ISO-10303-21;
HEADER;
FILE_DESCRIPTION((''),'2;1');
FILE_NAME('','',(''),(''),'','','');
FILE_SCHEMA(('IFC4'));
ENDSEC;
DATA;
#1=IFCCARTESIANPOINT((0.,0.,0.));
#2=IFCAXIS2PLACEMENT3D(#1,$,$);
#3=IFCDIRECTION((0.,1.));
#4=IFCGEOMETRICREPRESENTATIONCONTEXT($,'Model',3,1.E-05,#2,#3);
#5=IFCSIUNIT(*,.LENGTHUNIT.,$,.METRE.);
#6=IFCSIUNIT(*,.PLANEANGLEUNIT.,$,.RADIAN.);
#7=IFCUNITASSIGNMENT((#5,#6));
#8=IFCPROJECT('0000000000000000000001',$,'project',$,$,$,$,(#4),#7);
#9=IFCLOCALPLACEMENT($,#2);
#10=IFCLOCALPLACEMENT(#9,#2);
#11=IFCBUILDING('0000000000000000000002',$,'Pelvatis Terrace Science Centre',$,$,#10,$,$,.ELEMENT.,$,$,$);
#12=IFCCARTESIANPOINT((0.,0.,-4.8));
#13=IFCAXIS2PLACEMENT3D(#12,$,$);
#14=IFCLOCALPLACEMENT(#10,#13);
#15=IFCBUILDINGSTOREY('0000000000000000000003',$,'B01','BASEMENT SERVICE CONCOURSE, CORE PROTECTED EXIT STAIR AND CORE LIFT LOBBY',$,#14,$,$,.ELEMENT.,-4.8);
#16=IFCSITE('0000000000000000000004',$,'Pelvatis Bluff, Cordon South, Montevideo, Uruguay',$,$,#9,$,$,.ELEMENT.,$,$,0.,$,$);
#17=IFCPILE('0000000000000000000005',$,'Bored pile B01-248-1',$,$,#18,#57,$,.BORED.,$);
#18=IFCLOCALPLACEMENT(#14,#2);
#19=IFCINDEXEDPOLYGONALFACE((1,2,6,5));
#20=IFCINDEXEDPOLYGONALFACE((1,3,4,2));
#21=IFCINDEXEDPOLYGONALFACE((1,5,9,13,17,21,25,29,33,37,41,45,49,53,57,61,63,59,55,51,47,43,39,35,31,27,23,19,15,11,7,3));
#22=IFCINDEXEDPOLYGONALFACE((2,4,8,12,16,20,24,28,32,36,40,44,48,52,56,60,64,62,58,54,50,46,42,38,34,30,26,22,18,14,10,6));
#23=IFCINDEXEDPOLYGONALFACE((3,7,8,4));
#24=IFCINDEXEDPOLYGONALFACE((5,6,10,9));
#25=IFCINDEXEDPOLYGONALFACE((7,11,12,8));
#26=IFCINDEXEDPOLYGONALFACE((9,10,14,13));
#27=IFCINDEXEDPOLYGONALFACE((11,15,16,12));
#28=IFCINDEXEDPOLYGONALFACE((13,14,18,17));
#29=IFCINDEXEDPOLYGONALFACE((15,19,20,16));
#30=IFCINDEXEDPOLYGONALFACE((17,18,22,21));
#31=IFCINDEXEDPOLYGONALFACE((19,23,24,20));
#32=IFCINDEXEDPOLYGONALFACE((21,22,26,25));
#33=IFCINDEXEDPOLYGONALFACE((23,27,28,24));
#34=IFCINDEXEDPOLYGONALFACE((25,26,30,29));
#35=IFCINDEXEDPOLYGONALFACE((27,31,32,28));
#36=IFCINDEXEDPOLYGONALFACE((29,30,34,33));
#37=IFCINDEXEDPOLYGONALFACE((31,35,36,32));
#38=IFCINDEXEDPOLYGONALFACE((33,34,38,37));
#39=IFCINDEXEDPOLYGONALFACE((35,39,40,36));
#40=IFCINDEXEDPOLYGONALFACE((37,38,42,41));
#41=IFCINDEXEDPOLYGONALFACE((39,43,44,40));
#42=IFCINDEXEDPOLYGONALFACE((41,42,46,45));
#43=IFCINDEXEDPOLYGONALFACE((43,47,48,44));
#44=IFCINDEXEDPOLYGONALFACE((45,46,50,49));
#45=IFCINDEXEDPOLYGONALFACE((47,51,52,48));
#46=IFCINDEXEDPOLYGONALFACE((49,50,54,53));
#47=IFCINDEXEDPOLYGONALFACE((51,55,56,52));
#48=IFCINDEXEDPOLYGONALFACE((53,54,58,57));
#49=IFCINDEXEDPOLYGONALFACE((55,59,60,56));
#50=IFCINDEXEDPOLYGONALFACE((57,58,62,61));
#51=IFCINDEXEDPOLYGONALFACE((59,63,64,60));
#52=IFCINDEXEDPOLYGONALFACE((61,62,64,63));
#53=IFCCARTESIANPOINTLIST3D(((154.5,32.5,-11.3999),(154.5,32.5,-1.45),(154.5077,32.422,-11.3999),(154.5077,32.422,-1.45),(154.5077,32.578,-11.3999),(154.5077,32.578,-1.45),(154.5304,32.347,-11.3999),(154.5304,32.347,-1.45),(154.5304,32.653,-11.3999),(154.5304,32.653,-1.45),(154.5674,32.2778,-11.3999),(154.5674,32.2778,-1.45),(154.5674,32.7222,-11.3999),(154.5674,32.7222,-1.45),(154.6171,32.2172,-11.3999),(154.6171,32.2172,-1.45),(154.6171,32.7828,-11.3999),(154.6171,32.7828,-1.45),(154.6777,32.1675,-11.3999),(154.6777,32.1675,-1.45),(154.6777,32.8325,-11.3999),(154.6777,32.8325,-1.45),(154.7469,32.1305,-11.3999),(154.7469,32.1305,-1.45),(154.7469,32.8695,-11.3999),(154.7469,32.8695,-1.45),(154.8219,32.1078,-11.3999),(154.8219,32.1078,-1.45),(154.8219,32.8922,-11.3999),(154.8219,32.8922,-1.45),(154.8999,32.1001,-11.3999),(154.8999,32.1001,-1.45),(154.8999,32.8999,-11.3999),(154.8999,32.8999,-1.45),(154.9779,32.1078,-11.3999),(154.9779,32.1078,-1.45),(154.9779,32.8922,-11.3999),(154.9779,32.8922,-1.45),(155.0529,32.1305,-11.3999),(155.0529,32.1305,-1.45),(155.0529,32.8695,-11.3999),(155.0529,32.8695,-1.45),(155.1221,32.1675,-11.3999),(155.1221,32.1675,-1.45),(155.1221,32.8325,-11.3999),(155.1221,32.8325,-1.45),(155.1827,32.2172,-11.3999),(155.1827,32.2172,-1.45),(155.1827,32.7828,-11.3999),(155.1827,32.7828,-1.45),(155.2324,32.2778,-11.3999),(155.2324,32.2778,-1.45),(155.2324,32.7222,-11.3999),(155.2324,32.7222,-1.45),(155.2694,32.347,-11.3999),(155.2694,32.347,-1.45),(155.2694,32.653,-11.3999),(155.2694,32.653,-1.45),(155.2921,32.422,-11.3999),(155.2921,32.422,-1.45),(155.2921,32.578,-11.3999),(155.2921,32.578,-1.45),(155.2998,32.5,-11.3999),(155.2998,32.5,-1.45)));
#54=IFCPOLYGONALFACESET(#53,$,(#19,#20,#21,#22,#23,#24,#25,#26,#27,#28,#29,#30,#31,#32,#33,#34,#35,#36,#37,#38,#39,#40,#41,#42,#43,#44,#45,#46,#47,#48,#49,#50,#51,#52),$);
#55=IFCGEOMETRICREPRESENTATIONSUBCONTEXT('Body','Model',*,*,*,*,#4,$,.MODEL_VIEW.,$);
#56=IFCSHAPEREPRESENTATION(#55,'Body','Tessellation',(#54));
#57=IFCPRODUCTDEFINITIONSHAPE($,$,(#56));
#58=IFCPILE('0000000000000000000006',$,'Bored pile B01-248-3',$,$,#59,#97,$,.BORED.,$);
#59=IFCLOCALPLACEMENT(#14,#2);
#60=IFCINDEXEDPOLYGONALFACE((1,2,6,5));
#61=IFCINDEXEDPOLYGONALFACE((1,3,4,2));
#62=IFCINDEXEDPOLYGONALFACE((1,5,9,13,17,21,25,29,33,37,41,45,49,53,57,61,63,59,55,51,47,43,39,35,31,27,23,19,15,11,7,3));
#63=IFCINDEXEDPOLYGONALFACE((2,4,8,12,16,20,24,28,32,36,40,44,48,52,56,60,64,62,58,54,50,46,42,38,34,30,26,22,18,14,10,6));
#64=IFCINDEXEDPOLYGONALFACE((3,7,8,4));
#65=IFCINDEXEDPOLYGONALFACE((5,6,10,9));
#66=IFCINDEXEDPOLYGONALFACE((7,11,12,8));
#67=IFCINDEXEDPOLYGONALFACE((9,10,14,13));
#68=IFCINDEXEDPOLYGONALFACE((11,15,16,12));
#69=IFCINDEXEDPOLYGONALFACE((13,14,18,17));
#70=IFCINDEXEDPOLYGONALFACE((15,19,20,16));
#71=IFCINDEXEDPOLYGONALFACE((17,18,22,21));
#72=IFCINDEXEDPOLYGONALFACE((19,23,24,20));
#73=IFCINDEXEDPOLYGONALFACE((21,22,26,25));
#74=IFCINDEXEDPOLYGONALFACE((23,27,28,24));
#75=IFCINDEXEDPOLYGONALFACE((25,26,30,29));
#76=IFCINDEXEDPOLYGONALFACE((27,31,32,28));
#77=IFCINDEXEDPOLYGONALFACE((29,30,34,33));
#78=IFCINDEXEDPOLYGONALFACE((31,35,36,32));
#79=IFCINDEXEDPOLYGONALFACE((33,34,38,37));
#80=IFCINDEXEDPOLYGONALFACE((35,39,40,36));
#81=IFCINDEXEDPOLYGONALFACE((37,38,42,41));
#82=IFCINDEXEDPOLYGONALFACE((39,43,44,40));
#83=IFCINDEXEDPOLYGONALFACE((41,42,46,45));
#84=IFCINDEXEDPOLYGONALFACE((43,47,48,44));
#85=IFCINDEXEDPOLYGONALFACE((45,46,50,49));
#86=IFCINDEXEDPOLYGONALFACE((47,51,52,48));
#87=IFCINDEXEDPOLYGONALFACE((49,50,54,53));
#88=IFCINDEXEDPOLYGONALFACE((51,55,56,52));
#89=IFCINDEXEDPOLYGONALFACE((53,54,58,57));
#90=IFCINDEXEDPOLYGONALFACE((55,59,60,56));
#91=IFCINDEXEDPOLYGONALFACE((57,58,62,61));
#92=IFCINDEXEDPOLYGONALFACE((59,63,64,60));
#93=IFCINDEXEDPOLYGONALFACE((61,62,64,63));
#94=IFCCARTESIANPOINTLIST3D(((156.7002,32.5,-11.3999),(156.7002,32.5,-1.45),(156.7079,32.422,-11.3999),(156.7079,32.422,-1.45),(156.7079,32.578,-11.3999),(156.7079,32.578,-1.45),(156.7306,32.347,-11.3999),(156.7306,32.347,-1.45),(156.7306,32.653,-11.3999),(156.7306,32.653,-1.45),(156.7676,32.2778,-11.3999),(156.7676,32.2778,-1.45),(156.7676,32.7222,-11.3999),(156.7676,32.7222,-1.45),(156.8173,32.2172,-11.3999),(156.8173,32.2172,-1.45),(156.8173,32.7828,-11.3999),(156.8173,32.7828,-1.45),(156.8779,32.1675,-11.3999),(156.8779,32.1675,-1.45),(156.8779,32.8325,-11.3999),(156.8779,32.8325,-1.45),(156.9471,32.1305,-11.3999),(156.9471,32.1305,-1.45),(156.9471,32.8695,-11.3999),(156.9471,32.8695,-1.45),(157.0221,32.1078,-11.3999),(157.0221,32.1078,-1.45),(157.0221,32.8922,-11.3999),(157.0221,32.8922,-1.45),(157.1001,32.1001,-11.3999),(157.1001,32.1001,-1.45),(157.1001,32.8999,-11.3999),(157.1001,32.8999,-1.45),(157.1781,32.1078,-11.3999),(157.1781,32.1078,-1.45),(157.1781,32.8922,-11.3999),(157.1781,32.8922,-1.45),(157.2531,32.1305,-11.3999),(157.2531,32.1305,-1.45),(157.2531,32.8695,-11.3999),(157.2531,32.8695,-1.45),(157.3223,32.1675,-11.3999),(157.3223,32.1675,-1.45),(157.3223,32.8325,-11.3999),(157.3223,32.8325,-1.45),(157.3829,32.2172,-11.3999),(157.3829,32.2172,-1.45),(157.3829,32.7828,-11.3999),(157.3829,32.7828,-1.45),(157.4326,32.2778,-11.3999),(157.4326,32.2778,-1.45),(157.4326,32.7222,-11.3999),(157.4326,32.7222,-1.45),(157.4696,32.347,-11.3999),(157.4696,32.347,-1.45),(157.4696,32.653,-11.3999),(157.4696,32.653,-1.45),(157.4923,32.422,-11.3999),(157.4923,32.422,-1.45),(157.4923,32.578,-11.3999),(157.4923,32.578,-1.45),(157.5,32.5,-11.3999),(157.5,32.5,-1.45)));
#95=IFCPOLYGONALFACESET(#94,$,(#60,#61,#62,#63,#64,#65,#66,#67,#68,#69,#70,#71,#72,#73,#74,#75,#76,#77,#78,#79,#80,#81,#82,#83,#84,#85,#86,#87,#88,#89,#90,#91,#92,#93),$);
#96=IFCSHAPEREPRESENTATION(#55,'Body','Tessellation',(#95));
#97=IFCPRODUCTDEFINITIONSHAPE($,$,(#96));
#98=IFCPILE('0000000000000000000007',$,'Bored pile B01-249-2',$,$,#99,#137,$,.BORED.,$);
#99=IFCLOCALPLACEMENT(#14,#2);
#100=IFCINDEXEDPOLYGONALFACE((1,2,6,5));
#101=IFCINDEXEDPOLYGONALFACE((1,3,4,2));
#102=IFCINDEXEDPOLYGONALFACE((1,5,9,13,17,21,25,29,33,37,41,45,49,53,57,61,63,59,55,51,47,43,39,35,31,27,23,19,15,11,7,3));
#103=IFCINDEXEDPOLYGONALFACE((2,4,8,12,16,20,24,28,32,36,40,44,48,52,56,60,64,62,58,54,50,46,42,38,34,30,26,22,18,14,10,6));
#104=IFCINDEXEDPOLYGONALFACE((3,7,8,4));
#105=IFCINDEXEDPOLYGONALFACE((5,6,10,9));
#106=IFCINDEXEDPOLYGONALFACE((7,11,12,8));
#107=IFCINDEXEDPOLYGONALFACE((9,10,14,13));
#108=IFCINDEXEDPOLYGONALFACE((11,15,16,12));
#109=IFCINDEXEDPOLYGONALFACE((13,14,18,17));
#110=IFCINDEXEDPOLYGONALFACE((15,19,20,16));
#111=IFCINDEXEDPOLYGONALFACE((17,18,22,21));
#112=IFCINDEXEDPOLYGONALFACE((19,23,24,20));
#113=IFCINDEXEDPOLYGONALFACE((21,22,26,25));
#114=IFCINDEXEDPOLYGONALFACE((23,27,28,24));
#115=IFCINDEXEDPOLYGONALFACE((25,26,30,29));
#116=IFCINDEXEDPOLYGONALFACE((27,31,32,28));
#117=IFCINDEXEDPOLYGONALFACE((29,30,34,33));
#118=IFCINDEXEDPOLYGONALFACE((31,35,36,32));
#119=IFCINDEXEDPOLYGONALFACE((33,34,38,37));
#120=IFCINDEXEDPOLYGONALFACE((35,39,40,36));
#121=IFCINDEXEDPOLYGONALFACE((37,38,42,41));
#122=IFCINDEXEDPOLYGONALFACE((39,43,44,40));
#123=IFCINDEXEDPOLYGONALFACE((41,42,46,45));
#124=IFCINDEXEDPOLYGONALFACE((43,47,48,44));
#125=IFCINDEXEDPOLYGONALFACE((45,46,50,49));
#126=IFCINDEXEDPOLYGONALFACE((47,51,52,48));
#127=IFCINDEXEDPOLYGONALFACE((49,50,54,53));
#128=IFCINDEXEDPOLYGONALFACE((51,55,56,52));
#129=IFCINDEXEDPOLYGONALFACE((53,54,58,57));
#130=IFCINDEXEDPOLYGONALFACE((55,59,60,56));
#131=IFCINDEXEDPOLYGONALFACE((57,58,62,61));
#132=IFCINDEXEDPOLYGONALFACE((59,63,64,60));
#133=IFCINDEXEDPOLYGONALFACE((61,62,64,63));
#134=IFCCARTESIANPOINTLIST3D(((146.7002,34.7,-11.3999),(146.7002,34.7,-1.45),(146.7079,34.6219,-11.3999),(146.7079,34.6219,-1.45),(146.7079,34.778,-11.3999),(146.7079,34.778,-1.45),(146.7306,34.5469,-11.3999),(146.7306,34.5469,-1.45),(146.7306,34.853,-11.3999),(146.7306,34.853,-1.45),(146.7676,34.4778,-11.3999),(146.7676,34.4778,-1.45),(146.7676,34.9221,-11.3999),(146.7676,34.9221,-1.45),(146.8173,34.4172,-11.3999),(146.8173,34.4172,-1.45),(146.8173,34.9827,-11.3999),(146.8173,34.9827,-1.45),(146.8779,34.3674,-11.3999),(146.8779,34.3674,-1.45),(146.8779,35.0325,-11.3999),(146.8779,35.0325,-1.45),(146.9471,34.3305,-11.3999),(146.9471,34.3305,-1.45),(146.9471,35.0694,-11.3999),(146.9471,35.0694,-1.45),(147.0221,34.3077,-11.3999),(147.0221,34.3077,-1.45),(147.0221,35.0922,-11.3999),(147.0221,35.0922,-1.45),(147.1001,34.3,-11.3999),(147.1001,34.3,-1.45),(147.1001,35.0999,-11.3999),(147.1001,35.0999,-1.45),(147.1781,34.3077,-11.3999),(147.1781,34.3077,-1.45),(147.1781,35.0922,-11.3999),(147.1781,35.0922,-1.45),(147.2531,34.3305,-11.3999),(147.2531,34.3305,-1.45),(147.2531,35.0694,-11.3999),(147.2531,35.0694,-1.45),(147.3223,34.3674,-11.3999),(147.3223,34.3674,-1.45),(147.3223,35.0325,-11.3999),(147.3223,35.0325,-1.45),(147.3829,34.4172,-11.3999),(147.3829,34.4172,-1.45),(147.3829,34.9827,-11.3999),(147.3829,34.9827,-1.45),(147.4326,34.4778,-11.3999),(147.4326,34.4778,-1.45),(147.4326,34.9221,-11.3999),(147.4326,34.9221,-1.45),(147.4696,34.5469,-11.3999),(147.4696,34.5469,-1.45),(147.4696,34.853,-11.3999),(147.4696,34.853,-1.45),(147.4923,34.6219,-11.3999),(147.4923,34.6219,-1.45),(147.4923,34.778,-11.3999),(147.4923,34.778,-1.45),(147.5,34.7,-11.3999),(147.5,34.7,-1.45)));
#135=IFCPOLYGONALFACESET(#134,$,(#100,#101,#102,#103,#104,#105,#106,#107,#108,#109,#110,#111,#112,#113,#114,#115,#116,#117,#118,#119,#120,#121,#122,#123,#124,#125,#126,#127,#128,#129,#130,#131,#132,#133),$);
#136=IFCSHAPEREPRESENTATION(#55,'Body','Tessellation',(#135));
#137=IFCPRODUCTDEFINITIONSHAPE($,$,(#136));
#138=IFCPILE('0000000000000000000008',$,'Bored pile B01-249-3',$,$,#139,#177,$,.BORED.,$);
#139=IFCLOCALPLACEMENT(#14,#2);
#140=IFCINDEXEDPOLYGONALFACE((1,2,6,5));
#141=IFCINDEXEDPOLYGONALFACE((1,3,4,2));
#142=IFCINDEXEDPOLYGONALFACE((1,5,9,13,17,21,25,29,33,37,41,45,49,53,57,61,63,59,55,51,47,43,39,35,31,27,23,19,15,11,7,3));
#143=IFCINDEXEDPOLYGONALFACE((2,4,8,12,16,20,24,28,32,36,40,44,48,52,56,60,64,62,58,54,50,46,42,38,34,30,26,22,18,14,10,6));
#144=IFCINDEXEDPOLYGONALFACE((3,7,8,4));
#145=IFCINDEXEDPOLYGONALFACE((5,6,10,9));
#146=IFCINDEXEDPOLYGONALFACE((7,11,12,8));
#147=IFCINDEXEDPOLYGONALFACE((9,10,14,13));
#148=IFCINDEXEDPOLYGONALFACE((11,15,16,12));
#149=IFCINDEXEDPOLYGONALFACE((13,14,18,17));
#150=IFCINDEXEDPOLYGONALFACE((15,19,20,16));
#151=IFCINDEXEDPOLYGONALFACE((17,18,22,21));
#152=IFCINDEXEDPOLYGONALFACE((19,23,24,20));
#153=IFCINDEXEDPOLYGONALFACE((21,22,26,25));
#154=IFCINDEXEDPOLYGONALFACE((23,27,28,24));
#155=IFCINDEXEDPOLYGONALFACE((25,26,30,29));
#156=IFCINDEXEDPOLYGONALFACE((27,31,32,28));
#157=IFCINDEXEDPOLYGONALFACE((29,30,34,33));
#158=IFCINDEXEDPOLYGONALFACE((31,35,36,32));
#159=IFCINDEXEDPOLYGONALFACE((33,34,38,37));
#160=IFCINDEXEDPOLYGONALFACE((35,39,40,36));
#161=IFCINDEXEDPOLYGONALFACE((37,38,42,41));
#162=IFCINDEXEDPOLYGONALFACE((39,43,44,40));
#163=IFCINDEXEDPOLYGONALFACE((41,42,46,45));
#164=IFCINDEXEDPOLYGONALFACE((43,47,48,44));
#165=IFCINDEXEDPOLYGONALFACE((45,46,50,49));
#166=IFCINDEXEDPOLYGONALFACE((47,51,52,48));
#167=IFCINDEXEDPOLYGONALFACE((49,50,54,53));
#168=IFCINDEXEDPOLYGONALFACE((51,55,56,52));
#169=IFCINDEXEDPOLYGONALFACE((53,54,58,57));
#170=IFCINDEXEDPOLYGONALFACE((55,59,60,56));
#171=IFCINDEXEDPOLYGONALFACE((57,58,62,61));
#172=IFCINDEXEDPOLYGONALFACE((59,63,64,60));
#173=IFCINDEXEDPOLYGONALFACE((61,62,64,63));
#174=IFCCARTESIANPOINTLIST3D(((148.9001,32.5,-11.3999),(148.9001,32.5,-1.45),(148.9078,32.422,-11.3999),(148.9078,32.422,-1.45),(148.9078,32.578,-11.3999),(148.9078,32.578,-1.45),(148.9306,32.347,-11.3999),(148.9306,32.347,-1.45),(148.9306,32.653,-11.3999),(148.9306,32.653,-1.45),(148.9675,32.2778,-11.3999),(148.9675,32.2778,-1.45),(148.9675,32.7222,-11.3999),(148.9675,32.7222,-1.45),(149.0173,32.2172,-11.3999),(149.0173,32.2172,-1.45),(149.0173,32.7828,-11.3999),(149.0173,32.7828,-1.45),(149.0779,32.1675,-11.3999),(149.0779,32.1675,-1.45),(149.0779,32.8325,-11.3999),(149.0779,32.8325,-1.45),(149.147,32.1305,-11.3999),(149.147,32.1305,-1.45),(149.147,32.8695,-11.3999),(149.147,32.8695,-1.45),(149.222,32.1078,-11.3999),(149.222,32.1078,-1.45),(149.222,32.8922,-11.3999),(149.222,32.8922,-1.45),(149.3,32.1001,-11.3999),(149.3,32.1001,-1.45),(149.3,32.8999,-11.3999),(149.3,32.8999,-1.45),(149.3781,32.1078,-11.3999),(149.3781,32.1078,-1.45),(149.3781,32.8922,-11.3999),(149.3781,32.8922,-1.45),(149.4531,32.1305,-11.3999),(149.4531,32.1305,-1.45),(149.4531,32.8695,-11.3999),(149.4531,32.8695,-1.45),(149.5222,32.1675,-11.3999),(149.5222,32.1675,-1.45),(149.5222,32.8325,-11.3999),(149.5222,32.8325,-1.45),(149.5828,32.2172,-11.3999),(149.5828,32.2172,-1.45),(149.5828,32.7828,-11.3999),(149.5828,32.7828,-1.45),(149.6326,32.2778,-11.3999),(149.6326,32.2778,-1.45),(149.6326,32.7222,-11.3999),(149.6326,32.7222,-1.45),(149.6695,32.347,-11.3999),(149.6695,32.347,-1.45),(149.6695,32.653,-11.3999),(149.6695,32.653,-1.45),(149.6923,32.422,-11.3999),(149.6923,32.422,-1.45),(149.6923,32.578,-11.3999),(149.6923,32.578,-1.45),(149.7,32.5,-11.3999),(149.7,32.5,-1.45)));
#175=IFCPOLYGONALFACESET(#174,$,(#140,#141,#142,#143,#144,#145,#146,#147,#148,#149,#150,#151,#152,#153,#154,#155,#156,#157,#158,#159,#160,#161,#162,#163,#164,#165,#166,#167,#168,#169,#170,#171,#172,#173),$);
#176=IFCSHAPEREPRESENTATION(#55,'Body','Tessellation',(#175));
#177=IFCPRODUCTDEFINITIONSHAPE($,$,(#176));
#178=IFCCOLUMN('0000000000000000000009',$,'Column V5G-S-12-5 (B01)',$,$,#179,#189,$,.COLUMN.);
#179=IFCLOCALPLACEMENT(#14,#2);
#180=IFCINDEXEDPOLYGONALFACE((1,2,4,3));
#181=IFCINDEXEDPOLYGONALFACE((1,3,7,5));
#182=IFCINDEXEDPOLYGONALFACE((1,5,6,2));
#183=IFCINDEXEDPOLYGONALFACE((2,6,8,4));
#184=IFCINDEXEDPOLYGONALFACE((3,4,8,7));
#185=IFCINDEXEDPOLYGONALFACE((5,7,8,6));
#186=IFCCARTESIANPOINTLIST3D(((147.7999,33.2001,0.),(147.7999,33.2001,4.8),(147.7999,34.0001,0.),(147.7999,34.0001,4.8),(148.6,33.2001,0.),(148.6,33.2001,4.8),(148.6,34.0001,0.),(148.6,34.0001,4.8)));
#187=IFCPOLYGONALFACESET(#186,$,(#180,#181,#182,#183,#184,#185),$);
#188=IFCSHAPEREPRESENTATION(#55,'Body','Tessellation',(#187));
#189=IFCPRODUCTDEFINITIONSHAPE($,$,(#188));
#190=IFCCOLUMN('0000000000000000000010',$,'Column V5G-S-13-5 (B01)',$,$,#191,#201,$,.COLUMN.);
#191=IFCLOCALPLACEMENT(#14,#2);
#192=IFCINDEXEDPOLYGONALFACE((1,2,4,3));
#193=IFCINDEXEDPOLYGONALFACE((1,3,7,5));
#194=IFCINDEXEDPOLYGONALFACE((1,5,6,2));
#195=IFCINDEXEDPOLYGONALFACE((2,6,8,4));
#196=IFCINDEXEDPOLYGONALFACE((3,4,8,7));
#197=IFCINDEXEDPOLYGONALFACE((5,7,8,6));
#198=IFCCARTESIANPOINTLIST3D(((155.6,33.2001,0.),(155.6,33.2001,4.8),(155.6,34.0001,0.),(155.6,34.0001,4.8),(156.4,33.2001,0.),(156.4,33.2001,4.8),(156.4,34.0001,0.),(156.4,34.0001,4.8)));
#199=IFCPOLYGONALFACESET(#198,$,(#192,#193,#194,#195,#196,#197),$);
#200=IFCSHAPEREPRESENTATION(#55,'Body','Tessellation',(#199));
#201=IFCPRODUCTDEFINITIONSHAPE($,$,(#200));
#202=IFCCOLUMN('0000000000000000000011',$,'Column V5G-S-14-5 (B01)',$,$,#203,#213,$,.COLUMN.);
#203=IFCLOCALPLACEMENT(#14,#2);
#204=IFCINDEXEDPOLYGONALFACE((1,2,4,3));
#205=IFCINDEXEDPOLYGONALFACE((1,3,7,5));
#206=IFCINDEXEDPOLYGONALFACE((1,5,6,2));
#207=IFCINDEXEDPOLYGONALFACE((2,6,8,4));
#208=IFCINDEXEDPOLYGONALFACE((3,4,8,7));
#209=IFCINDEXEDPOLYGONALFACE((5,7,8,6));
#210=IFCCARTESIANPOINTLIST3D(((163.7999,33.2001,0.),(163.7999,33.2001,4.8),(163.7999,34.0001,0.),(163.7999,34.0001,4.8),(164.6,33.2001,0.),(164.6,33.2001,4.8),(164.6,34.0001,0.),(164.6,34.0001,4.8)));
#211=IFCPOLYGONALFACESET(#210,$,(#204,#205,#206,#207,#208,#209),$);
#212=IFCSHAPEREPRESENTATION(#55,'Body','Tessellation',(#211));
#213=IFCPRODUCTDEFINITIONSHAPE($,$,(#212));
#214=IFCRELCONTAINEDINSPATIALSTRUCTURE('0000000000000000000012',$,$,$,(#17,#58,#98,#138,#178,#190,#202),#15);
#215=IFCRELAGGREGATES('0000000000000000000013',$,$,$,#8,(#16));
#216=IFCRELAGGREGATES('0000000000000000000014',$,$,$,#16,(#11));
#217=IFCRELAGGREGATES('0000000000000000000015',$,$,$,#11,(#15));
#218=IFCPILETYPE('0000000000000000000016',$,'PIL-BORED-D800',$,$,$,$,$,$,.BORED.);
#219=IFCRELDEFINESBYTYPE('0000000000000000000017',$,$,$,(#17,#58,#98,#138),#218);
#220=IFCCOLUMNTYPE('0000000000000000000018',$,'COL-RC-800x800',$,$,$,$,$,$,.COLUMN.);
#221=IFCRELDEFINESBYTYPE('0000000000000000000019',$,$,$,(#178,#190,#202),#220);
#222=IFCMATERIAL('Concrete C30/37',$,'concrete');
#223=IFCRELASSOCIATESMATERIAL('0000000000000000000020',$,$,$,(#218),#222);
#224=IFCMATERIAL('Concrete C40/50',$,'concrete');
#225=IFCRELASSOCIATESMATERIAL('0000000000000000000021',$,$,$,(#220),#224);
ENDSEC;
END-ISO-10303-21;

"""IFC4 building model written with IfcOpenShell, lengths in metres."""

from ifc_helpers import new_model, si_unit, direction, frame, origin, origin_2d, place, context, subcontext, project, spatial, rectangle, circle, extrude, material, material_profile, profile_set, type_object, element, save


model = new_model("IFC4")

# Units and contexts
model_context = context("Model", 3, precision=1e-05, world=origin(), true_north=direction((0.0, 1.0)))
body_context = subcontext(model_context, "Body", "Model", "MODEL_VIEW")
ifc_project = project(units=[si_unit("LENGTHUNIT", "METRE"), si_unit("PLANEANGLEUNIT", "RADIAN")], contexts=[model_context])

# Site, building, storey
site_placement = place(None, origin())
site = spatial("IfcSite", under=ifc_project, at=site_placement, Name="Pelvatis Bluff, Cordon South, Montevideo, Uruguay", CompositionType="ELEMENT", RefElevation=0.0)
building_placement = place(site_placement, origin())
building = spatial("IfcBuilding", under=site, at=building_placement, Name="Pelvatis Terrace Science Centre", CompositionType="ELEMENT")
storey_placement = place(building_placement, frame((0.0, 0.0, -4.8)))
storey = spatial("IfcBuildingStorey", under=building, at=storey_placement, Name="B01", Description="BASEMENT SERVICE CONCOURSE, CORE PROTECTED EXIT STAIR AND CORE LIFT LOBBY", CompositionType="ELEMENT", Elevation=-4.8)

# Piles
ifc_material_1 = material(Name="Concrete C30/37", Category="concrete")
ifc_material_profile_1 = material_profile(ifc_material_1, circle(Radius=0.3999, at=origin_2d()), Name="PILE D800")
ifc_profile_set_1 = profile_set([ifc_material_profile_1], Name="Concrete C30/37")
pile_type = type_object("IfcPileType", Name="PIL-BORED-D800", PredefinedType="BORED", material=ifc_profile_set_1)
for number, where, z_axis, x_axis, name in (
    (1, (154.8999, 32.5, -1.45), (0.0, 0.0, -1.0), (1.0, 0.0, 0.0), "Bored pile B01-248-1"),
    (2, (157.1001, 32.5, -1.45), (0.0, 0.0, -1.0), (1.0, 0.0, 0.0), "Bored pile B01-248-3"),
    (3, (147.1001, 34.7, -1.45), (0.0, 0.0, -1.0), (1.0, 0.0, 0.0), "Bored pile B01-249-2"),
    (4, (149.3, 32.5, -1.45), (0.0, 0.0, -1.0), (1.0, 0.0, 0.0), "Bored pile B01-249-3"),
):
    element("IfcPile", number, at=place(storey_placement, frame(where, z_axis=z_axis, x_axis=x_axis)), inside=storey, type_object=pile_type, Name=name, PredefinedType="BORED", context=body_context, shape_type="SweptSolid", body=[
        extrude(circle(Radius=0.3999, at=origin_2d()), origin(), (0.0, 0.0, 1.0), 9.95),
    ])

# Columns
ifc_material_2 = material(Name="Concrete C40/50", Category="concrete")
ifc_material_profile_2 = material_profile(ifc_material_2, rectangle(XDim=0.8, YDim=0.8, at=origin_2d()), Name="RC-COL 800x800")
ifc_profile_set_2 = profile_set([ifc_material_profile_2], Name="Concrete C40/50")
column_type = type_object("IfcColumnType", Name="COL-RC-800x800", PredefinedType="COLUMN", material=ifc_profile_set_2)
for number, where, z_axis, x_axis, name in (
    (5, (148.2, 33.6001, 0.0), (0.0, 0.0, 1.0), (1.0, 0.0, 0.0), "Column V5G-S-12-5 (B01)"),
    (6, (156.0, 33.6001, 0.0), (0.0, 0.0, 1.0), (1.0, 0.0, 0.0), "Column V5G-S-13-5 (B01)"),
    (7, (164.2, 33.6001, 0.0), (0.0, 0.0, 1.0), (1.0, 0.0, 0.0), "Column V5G-S-14-5 (B01)"),
):
    element("IfcColumn", number, at=place(storey_placement, frame(where, z_axis=z_axis, x_axis=x_axis)), inside=storey, type_object=column_type, Name=name, PredefinedType="COLUMN", context=body_context, shape_type="SweptSolid", body=[
        extrude(rectangle(XDim=0.8, YDim=0.8, at=origin_2d()), origin(), (0.0, 0.0, 1.0), 4.8),
    ])

save(model, "model.ifc")
